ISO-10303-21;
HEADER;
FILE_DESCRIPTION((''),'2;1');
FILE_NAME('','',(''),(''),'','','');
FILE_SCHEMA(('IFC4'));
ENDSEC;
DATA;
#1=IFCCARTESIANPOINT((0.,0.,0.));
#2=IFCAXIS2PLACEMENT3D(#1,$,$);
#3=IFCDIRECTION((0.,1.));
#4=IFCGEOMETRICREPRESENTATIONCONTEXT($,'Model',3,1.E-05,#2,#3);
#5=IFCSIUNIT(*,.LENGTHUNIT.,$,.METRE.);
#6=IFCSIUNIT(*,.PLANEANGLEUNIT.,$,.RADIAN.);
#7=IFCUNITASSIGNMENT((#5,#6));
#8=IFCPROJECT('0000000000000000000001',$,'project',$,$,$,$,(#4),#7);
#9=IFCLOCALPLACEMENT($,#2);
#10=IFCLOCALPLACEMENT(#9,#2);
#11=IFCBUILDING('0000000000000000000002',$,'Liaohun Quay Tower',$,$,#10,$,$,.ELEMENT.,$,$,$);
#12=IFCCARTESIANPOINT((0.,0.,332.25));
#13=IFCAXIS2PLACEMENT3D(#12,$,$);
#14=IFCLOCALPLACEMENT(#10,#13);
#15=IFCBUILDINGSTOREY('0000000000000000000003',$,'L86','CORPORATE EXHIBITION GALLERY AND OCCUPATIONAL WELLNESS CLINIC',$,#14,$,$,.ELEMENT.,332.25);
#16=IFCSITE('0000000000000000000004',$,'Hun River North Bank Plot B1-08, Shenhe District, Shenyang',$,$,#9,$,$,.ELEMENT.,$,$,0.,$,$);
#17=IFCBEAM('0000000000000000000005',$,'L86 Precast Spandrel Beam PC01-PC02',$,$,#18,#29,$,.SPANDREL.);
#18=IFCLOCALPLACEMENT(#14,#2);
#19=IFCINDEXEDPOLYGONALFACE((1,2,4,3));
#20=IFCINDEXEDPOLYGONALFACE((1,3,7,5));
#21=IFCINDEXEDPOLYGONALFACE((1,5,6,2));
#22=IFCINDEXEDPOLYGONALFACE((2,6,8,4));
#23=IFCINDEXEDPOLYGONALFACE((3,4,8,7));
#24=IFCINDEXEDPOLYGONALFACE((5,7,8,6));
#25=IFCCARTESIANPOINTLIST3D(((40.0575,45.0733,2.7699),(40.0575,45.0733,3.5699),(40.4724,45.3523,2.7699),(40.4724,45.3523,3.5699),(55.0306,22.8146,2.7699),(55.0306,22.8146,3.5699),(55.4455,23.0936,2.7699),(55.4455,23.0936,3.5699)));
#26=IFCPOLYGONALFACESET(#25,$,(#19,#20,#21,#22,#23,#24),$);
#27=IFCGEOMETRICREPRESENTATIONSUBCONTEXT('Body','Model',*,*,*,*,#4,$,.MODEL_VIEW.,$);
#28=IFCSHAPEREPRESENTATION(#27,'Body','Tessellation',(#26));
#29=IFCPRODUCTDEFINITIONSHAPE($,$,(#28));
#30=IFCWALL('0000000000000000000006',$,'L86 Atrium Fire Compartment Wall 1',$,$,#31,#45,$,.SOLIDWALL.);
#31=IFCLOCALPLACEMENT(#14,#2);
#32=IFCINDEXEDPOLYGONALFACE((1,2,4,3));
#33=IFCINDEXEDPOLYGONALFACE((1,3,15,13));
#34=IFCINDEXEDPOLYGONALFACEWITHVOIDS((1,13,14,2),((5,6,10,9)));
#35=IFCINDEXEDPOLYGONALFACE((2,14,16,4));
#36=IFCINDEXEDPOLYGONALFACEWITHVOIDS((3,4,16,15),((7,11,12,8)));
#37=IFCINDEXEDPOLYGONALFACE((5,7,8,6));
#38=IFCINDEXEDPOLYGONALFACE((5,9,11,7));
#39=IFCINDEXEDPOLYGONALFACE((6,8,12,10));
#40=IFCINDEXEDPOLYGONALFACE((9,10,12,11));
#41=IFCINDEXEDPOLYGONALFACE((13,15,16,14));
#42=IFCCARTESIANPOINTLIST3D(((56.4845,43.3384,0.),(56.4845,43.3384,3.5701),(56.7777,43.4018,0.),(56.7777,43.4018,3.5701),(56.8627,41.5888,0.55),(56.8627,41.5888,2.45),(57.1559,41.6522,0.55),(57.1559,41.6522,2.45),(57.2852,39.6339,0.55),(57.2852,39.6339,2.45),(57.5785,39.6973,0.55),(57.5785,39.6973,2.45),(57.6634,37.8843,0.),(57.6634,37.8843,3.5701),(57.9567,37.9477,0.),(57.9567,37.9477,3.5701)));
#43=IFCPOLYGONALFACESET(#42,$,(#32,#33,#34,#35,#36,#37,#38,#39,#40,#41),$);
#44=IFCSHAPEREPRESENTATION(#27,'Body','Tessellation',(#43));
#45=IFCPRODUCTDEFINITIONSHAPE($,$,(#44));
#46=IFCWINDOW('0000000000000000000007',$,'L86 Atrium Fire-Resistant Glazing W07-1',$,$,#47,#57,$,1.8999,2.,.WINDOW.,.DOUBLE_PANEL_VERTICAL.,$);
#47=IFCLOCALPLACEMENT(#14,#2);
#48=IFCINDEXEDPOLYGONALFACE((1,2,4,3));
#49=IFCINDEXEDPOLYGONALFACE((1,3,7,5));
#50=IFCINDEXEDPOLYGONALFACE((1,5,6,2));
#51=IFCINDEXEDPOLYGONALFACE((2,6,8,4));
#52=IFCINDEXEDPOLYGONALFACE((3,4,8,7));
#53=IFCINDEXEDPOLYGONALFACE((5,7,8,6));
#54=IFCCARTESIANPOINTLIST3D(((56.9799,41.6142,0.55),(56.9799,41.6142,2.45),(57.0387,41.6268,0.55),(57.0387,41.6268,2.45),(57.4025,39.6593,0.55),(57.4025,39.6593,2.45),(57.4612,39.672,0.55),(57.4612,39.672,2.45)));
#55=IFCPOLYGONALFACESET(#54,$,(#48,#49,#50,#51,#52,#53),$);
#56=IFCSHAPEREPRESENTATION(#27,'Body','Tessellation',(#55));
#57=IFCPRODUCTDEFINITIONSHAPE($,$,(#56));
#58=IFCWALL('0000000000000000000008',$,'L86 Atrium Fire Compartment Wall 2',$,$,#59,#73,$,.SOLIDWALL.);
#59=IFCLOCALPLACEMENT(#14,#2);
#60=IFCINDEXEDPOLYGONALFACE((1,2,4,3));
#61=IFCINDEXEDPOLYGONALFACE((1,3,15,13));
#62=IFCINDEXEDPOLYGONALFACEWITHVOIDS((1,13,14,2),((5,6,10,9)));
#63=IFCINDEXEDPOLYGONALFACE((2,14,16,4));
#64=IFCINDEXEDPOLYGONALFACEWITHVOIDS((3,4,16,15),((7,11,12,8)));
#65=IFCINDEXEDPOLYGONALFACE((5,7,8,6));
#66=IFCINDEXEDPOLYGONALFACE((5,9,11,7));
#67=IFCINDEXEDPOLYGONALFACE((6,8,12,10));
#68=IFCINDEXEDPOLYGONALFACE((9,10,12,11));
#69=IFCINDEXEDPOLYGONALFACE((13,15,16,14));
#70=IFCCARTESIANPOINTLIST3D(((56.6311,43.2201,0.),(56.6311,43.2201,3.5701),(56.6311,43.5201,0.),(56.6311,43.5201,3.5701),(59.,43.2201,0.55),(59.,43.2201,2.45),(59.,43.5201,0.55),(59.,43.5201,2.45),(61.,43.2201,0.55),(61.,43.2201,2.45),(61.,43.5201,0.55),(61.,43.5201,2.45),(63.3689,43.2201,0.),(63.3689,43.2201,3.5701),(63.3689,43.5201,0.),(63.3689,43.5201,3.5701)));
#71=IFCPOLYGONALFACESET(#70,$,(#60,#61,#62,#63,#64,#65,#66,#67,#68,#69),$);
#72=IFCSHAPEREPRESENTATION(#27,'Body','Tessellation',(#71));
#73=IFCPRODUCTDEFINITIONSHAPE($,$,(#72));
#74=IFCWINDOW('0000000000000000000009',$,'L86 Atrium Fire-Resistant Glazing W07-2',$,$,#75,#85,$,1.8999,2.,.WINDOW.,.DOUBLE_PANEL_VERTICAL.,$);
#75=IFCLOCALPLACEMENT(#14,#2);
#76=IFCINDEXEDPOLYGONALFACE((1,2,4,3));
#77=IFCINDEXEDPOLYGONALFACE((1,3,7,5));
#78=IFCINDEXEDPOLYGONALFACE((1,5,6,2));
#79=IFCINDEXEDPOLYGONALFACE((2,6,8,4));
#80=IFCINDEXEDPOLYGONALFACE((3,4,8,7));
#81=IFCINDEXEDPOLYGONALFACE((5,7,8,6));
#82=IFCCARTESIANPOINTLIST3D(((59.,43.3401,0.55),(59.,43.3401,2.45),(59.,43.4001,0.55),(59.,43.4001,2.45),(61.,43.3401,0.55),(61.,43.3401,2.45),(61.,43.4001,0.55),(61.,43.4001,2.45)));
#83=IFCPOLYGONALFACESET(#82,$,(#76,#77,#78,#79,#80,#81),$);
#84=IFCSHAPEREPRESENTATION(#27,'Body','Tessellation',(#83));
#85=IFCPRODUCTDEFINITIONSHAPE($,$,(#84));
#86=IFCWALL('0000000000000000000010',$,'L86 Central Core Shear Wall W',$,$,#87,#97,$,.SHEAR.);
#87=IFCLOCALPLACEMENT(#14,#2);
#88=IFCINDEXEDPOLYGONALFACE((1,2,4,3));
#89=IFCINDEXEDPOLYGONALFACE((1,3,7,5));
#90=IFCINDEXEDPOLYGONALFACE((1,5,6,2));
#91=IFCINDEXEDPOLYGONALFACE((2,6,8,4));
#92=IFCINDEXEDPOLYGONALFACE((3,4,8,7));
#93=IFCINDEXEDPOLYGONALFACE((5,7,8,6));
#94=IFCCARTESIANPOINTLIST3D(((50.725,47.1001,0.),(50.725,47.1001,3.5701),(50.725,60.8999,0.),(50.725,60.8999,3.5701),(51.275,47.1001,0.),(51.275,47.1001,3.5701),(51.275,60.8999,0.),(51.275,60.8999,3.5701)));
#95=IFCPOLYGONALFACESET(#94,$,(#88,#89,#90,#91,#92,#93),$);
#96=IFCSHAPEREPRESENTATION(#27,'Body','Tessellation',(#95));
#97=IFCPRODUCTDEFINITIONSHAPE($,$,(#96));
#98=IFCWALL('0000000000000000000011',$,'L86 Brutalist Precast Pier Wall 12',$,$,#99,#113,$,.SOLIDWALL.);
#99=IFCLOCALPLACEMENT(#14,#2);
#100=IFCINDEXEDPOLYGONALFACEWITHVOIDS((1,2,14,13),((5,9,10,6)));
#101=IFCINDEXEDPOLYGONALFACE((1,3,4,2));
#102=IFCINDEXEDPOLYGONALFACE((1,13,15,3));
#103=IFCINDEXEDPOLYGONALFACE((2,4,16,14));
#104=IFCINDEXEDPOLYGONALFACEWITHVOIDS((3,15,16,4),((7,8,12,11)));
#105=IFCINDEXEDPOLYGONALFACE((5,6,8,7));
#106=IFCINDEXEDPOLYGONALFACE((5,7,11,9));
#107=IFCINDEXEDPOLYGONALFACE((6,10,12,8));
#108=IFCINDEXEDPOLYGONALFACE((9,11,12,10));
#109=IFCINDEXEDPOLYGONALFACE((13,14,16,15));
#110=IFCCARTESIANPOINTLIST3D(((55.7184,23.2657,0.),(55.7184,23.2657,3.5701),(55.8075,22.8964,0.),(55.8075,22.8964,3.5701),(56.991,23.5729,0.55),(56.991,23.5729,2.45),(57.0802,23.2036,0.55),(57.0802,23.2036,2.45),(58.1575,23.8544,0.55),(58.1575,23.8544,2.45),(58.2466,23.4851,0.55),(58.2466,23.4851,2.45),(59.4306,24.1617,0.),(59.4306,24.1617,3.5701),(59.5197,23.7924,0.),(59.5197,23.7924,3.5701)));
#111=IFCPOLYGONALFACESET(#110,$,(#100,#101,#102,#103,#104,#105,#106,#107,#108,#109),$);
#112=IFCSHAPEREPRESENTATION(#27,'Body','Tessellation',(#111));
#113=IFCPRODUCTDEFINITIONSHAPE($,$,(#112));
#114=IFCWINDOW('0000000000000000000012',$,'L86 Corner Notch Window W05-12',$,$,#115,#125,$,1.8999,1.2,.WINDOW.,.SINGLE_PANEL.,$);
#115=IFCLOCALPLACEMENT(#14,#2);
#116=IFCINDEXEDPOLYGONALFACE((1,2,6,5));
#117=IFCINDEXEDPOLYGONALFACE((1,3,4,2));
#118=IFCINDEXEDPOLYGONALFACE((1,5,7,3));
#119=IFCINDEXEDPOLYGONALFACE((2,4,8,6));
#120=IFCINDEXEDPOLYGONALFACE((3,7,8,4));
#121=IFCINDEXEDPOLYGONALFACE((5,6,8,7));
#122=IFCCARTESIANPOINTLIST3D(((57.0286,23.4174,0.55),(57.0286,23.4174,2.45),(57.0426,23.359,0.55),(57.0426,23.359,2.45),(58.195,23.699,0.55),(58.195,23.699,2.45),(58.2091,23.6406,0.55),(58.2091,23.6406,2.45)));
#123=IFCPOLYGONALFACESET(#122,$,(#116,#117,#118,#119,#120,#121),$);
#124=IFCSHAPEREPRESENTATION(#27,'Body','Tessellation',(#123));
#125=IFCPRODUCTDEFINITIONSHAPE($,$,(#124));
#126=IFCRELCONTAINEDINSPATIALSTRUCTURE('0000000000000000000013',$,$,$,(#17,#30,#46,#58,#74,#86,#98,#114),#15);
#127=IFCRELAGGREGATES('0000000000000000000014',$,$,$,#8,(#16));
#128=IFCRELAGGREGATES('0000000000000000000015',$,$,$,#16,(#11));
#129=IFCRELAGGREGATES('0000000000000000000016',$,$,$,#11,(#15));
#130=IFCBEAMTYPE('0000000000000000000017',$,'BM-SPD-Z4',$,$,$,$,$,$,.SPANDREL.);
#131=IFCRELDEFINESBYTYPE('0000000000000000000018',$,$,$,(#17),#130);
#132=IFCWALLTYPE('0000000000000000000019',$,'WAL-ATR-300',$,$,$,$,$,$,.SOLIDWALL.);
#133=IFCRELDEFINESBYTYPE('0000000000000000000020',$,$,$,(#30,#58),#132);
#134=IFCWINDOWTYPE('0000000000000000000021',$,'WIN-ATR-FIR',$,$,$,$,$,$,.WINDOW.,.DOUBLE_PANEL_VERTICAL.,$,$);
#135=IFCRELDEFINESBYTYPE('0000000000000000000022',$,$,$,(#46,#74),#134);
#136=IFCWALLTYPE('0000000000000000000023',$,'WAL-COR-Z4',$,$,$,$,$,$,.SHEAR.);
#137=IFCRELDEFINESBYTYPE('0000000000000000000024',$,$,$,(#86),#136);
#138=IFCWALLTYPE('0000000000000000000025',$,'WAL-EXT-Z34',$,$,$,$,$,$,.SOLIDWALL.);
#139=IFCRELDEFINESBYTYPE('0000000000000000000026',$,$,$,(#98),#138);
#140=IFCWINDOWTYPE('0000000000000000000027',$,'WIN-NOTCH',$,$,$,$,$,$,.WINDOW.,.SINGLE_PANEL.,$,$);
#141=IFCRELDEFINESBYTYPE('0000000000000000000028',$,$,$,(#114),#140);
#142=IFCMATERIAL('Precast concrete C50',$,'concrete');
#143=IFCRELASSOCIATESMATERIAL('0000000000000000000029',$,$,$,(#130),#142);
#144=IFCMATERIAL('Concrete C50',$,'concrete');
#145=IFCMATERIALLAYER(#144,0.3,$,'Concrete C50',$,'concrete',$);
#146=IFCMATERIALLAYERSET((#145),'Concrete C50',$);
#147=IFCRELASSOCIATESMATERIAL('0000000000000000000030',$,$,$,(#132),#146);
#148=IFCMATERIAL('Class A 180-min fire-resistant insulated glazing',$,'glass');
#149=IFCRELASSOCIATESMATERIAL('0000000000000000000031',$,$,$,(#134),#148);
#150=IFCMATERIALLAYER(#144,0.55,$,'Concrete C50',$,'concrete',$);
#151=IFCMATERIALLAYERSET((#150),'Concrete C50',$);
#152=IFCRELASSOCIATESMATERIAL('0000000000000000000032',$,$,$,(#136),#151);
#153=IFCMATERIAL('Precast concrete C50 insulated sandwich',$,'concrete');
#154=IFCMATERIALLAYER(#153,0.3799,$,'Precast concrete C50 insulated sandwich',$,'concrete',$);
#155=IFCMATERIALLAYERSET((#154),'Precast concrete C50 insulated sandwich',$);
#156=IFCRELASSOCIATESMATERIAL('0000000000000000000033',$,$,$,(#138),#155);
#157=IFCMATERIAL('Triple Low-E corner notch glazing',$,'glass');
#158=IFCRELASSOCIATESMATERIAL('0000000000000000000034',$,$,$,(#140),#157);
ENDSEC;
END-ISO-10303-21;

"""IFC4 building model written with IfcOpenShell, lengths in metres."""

from ifc_helpers import new_model, si_unit, direction, frame, frame_2d, origin, origin_2d, place, context, subcontext, project, spatial, rectangle, extrude, source, transform, mapped, material, layer, layer_set, material_profile, profile_set, type_object, element, fill, save


model = new_model("IFC4")

# Units and contexts
model_context = context("Model", 3, precision=1e-05, world=origin(), true_north=direction((0.0, 1.0)))
body_context = subcontext(model_context, "Body", "Model", "MODEL_VIEW")
ifc_project = project(units=[si_unit("LENGTHUNIT", "METRE"), si_unit("PLANEANGLEUNIT", "RADIAN")], contexts=[model_context])

# Site, building, storey
site_placement = place(None, origin())
site = spatial("IfcSite", under=ifc_project, at=site_placement, Name="Hun River North Bank Plot B1-08, Shenhe District, Shenyang", CompositionType="ELEMENT", RefElevation=0.0)
building_placement = place(site_placement, origin())
building = spatial("IfcBuilding", under=site, at=building_placement, Name="Liaohun Quay Tower", CompositionType="ELEMENT")
storey_placement = place(building_placement, frame((0.0, 0.0, 332.25)))
storey = spatial("IfcBuildingStorey", under=building, at=storey_placement, Name="L86", Description="CORPORATE EXHIBITION GALLERY AND OCCUPATIONAL WELLNESS CLINIC", CompositionType="ELEMENT", Elevation=332.25)

# Shared definitions
ifc_material_1 = material(Name="Concrete C50", Category="concrete")

# Beam
ifc_material_2 = material(Name="Precast concrete C50", Category="concrete")
ifc_material_profile_1 = material_profile(ifc_material_2, rectangle(XDim=0.5, YDim=0.8, at=origin_2d()), Name="RC500x800")
ifc_profile_set_1 = profile_set([ifc_material_profile_1], Name="Precast concrete C50")
beam_type_1 = type_object("IfcBeamType", Name="BM-SPD-Z4", PredefinedType="SPANDREL", material=ifc_profile_set_1)
shared_shape_1 = source(origin(), body_context, "Body", "SweptSolid", [
    extrude(rectangle(XDim=0.5, YDim=0.8, at=origin_2d()), origin(), (0.0, 0.0, 1.0), 26.8262),
])
beam_1_placement = place(storey_placement, frame((55.238, 22.9541, 3.1699), z_axis=(-0.558152, 0.829739, 0.0), x_axis=(-0.829739, -0.558152, 0.0)))
element("IfcBeam", 1, at=beam_1_placement, inside=storey, type_object=beam_type_1, Name="L86 Precast Spandrel Beam PC01-PC02", PredefinedType="SPANDREL", context=body_context, shape_type="MappedRepresentation", body=[
    mapped(shared_shape_1, transform((0.0, 0.0, 0.0), x_axis=(1.0, 0.0, 0.0), y_axis=(0.0, 1.0, 0.0), z_axis=(0.0, 0.0, 1.0), scale=1.0)),
])

# Walls, openings, windows
ifc_layer_1 = layer(ifc_material_1, 0.3, Name="Concrete C50", Category="concrete")
ifc_layer_set_1 = layer_set([ifc_layer_1], Name="Concrete C50")
wall_type_1 = type_object("IfcWallType", Name="WAL-ATR-300", PredefinedType="SOLIDWALL", material=ifc_layer_set_1)
wall_1_placement = place(storey_placement, frame((57.8101, 37.916, 0.0), z_axis=(0.0, 0.0, 1.0), x_axis=(-0.21128, 0.977426, 0.0)))
wall_1 = element("IfcWall", 2, at=wall_1_placement, inside=storey, type_object=wall_type_1, Name="L86 Atrium Fire Compartment Wall 1", PredefinedType="SOLIDWALL", context=body_context, shape_type="SweptSolid", body=[
    extrude(rectangle(XDim=5.5801, YDim=0.3, at=frame_2d((2.79, 0.0))), origin(), (0.0, 0.0, 1.0), 3.5701),
])
shared_shape_2 = source(origin(), body_context, "Body", "SweptSolid", [
    extrude(rectangle(XDim=2.0, YDim=1.8999, at=frame_2d((1.0, 0.95))), frame((0.0, 0.1599, 0.0), z_axis=(0.0, -1.0, 0.0), x_axis=(1.0, 0.0, 0.0)), (0.0, 0.0, 1.0), 0.3201),
])
opening_1_placement = place(wall_1_placement, frame((1.79, 0.0, 0.55)))
opening_1 = element("IfcOpeningElement", 3, at=opening_1_placement, cuts=wall_1, PredefinedType="OPENING", context=body_context, shape_type="MappedRepresentation", body=[
    mapped(shared_shape_2, transform((0.0, 0.0, 0.0), x_axis=(1.0, 0.0, 0.0), y_axis=(0.0, 1.0, 0.0), z_axis=(0.0, 0.0, 1.0), scale=1.0)),
])
ifc_material_3 = material(Name="Class A 180-min fire-resistant insulated glazing", Category="glass")
window_type_1 = type_object("IfcWindowType", Name="WIN-ATR-FIR", PartitioningType="DOUBLE_PANEL_VERTICAL", PredefinedType="WINDOW", material=ifc_material_3)
shared_shape_3 = source(origin(), body_context, "Body", "SweptSolid", [
    extrude(rectangle(XDim=2.0, YDim=1.8999, at=frame_2d((1.0, 0.95))), frame((0.0, 0.03, 0.0), z_axis=(0.0, -1.0, 0.0), x_axis=(1.0, 0.0, 0.0)), (0.0, 0.0, 1.0), 0.0601),
])
window_1_placement = place(opening_1_placement, origin())
window_1 = element("IfcWindow", 4, at=window_1_placement, inside=storey, type_object=window_type_1, Name="L86 Atrium Fire-Resistant Glazing W07-1", OverallHeight=1.8999, OverallWidth=2.0, PartitioningType="DOUBLE_PANEL_VERTICAL", PredefinedType="WINDOW", context=body_context, shape_type="MappedRepresentation", body=[
    mapped(shared_shape_3, transform((0.0, 0.0, 0.0), x_axis=(1.0, 0.0, 0.0), y_axis=(0.0, 1.0, 0.0), z_axis=(0.0, 0.0, 1.0), scale=1.0)),
])
fill(opening_1, window_1)
wall_2_placement = place(storey_placement, frame((56.6311, 43.3701, 0.0), z_axis=(0.0, 0.0, 1.0), x_axis=(1.0, 0.0, 0.0)))
wall_2 = element("IfcWall", 5, at=wall_2_placement, inside=storey, type_object=wall_type_1, Name="L86 Atrium Fire Compartment Wall 2", PredefinedType="SOLIDWALL", context=body_context, shape_type="SweptSolid", body=[
    extrude(rectangle(XDim=6.7378, YDim=0.3, at=frame_2d((3.3689, 0.0))), origin(), (0.0, 0.0, 1.0), 3.5701),
])
opening_2_placement = place(wall_2_placement, frame((2.3689, 0.0, 0.55)))
opening_2 = element("IfcOpeningElement", 6, at=opening_2_placement, cuts=wall_2, PredefinedType="OPENING", context=body_context, shape_type="MappedRepresentation", body=[
    mapped(shared_shape_2, transform((0.0, 0.0, 0.0), x_axis=(1.0, 0.0, 0.0), y_axis=(0.0, 1.0, 0.0), z_axis=(0.0, 0.0, 1.0), scale=1.0)),
])
window_2_placement = place(opening_2_placement, origin())
window_2 = element("IfcWindow", 7, at=window_2_placement, inside=storey, type_object=window_type_1, Name="L86 Atrium Fire-Resistant Glazing W07-2", OverallHeight=1.8999, OverallWidth=2.0, PartitioningType="DOUBLE_PANEL_VERTICAL", PredefinedType="WINDOW", context=body_context, shape_type="MappedRepresentation", body=[
    mapped(shared_shape_3, transform((0.0, 0.0, 0.0), x_axis=(1.0, 0.0, 0.0), y_axis=(0.0, 1.0, 0.0), z_axis=(0.0, 0.0, 1.0), scale=1.0)),
])
fill(opening_2, window_2)

# Wall
ifc_layer_2 = layer(ifc_material_1, 0.55, Name="Concrete C50", Category="concrete")
ifc_layer_set_2 = layer_set([ifc_layer_2], Name="Concrete C50")
wall_type_2 = type_object("IfcWallType", Name="WAL-COR-Z4", PredefinedType="SHEAR", material=ifc_layer_set_2)
wall_3_placement = place(storey_placement, frame((51.0, 47.1001, 0.0), z_axis=(0.0, 0.0, 1.0), x_axis=(0.0, 1.0, 0.0)))
element("IfcWall", 8, at=wall_3_placement, inside=storey, type_object=wall_type_2, Name="L86 Central Core Shear Wall W", PredefinedType="SHEAR", context=body_context, shape_type="SweptSolid", body=[
    extrude(rectangle(XDim=13.7998, YDim=0.55, at=frame_2d((6.8999, 0.0))), origin(), (0.0, 0.0, 1.0), 3.5701),
])

# Wall, opening, window
ifc_material_4 = material(Name="Precast concrete C50 insulated sandwich", Category="concrete")
ifc_layer_3 = layer(ifc_material_4, 0.3799, Name="Precast concrete C50 insulated sandwich", Category="concrete")
ifc_layer_set_3 = layer_set([ifc_layer_3], Name="Precast concrete C50 insulated sandwich")
wall_type_3 = type_object("IfcWallType", Name="WAL-EXT-Z34", PredefinedType="SOLIDWALL", material=ifc_layer_set_3)
wall_4_placement = place(storey_placement, frame((55.7629, 23.0811, 0.0), z_axis=(0.0, 0.0, 1.0), x_axis=(0.972085, 0.23463, 0.0)))
wall_4 = element("IfcWall", 9, at=wall_4_placement, inside=storey, type_object=wall_type_3, Name="L86 Brutalist Precast Pier Wall 12", PredefinedType="SOLIDWALL", context=body_context, shape_type="SweptSolid", body=[
    extrude(rectangle(XDim=3.8188, YDim=0.3799, at=frame_2d((1.9094, 0.0))), origin(), (0.0, 0.0, 1.0), 3.5701),
])
shared_shape_4 = source(origin(), body_context, "Body", "SweptSolid", [
    extrude(rectangle(XDim=1.2, YDim=1.8999, at=frame_2d((0.6001, 0.95))), frame((0.0, 0.2, 0.0), z_axis=(0.0, -1.0, 0.0), x_axis=(1.0, 0.0, 0.0)), (0.0, 0.0, 1.0), 0.3999),
])
opening_3_placement = place(wall_4_placement, frame((1.3091, 0.0, 0.55)))
opening_3 = element("IfcOpeningElement", 10, at=opening_3_placement, cuts=wall_4, PredefinedType="OPENING", context=body_context, shape_type="MappedRepresentation", body=[
    mapped(shared_shape_4, transform((0.0, 0.0, 0.0), x_axis=(1.0, 0.0, 0.0), y_axis=(0.0, 1.0, 0.0), z_axis=(0.0, 0.0, 1.0), scale=1.0)),
])
ifc_material_5 = material(Name="Triple Low-E corner notch glazing", Category="glass")
window_type_2 = type_object("IfcWindowType", Name="WIN-NOTCH", PartitioningType="SINGLE_PANEL", PredefinedType="WINDOW", material=ifc_material_5)
shared_shape_5 = source(origin(), body_context, "Body", "SweptSolid", [
    extrude(rectangle(XDim=1.2, YDim=1.8999, at=frame_2d((0.6001, 0.95))), frame((0.0, 0.03, 0.0), z_axis=(0.0, -1.0, 0.0), x_axis=(1.0, 0.0, 0.0)), (0.0, 0.0, 1.0), 0.0601),
])
window_3_placement = place(opening_3_placement, origin())
window_3 = element("IfcWindow", 11, at=window_3_placement, inside=storey, type_object=window_type_2, Name="L86 Corner Notch Window W05-12", OverallHeight=1.8999, OverallWidth=1.2, PartitioningType="SINGLE_PANEL", PredefinedType="WINDOW", context=body_context, shape_type="MappedRepresentation", body=[
    mapped(shared_shape_5, transform((0.0, 0.0, 0.0), x_axis=(1.0, 0.0, 0.0), y_axis=(0.0, 1.0, 0.0), z_axis=(0.0, 0.0, 1.0), scale=1.0)),
])
fill(opening_3, window_3)

save(model, "model.ifc")
